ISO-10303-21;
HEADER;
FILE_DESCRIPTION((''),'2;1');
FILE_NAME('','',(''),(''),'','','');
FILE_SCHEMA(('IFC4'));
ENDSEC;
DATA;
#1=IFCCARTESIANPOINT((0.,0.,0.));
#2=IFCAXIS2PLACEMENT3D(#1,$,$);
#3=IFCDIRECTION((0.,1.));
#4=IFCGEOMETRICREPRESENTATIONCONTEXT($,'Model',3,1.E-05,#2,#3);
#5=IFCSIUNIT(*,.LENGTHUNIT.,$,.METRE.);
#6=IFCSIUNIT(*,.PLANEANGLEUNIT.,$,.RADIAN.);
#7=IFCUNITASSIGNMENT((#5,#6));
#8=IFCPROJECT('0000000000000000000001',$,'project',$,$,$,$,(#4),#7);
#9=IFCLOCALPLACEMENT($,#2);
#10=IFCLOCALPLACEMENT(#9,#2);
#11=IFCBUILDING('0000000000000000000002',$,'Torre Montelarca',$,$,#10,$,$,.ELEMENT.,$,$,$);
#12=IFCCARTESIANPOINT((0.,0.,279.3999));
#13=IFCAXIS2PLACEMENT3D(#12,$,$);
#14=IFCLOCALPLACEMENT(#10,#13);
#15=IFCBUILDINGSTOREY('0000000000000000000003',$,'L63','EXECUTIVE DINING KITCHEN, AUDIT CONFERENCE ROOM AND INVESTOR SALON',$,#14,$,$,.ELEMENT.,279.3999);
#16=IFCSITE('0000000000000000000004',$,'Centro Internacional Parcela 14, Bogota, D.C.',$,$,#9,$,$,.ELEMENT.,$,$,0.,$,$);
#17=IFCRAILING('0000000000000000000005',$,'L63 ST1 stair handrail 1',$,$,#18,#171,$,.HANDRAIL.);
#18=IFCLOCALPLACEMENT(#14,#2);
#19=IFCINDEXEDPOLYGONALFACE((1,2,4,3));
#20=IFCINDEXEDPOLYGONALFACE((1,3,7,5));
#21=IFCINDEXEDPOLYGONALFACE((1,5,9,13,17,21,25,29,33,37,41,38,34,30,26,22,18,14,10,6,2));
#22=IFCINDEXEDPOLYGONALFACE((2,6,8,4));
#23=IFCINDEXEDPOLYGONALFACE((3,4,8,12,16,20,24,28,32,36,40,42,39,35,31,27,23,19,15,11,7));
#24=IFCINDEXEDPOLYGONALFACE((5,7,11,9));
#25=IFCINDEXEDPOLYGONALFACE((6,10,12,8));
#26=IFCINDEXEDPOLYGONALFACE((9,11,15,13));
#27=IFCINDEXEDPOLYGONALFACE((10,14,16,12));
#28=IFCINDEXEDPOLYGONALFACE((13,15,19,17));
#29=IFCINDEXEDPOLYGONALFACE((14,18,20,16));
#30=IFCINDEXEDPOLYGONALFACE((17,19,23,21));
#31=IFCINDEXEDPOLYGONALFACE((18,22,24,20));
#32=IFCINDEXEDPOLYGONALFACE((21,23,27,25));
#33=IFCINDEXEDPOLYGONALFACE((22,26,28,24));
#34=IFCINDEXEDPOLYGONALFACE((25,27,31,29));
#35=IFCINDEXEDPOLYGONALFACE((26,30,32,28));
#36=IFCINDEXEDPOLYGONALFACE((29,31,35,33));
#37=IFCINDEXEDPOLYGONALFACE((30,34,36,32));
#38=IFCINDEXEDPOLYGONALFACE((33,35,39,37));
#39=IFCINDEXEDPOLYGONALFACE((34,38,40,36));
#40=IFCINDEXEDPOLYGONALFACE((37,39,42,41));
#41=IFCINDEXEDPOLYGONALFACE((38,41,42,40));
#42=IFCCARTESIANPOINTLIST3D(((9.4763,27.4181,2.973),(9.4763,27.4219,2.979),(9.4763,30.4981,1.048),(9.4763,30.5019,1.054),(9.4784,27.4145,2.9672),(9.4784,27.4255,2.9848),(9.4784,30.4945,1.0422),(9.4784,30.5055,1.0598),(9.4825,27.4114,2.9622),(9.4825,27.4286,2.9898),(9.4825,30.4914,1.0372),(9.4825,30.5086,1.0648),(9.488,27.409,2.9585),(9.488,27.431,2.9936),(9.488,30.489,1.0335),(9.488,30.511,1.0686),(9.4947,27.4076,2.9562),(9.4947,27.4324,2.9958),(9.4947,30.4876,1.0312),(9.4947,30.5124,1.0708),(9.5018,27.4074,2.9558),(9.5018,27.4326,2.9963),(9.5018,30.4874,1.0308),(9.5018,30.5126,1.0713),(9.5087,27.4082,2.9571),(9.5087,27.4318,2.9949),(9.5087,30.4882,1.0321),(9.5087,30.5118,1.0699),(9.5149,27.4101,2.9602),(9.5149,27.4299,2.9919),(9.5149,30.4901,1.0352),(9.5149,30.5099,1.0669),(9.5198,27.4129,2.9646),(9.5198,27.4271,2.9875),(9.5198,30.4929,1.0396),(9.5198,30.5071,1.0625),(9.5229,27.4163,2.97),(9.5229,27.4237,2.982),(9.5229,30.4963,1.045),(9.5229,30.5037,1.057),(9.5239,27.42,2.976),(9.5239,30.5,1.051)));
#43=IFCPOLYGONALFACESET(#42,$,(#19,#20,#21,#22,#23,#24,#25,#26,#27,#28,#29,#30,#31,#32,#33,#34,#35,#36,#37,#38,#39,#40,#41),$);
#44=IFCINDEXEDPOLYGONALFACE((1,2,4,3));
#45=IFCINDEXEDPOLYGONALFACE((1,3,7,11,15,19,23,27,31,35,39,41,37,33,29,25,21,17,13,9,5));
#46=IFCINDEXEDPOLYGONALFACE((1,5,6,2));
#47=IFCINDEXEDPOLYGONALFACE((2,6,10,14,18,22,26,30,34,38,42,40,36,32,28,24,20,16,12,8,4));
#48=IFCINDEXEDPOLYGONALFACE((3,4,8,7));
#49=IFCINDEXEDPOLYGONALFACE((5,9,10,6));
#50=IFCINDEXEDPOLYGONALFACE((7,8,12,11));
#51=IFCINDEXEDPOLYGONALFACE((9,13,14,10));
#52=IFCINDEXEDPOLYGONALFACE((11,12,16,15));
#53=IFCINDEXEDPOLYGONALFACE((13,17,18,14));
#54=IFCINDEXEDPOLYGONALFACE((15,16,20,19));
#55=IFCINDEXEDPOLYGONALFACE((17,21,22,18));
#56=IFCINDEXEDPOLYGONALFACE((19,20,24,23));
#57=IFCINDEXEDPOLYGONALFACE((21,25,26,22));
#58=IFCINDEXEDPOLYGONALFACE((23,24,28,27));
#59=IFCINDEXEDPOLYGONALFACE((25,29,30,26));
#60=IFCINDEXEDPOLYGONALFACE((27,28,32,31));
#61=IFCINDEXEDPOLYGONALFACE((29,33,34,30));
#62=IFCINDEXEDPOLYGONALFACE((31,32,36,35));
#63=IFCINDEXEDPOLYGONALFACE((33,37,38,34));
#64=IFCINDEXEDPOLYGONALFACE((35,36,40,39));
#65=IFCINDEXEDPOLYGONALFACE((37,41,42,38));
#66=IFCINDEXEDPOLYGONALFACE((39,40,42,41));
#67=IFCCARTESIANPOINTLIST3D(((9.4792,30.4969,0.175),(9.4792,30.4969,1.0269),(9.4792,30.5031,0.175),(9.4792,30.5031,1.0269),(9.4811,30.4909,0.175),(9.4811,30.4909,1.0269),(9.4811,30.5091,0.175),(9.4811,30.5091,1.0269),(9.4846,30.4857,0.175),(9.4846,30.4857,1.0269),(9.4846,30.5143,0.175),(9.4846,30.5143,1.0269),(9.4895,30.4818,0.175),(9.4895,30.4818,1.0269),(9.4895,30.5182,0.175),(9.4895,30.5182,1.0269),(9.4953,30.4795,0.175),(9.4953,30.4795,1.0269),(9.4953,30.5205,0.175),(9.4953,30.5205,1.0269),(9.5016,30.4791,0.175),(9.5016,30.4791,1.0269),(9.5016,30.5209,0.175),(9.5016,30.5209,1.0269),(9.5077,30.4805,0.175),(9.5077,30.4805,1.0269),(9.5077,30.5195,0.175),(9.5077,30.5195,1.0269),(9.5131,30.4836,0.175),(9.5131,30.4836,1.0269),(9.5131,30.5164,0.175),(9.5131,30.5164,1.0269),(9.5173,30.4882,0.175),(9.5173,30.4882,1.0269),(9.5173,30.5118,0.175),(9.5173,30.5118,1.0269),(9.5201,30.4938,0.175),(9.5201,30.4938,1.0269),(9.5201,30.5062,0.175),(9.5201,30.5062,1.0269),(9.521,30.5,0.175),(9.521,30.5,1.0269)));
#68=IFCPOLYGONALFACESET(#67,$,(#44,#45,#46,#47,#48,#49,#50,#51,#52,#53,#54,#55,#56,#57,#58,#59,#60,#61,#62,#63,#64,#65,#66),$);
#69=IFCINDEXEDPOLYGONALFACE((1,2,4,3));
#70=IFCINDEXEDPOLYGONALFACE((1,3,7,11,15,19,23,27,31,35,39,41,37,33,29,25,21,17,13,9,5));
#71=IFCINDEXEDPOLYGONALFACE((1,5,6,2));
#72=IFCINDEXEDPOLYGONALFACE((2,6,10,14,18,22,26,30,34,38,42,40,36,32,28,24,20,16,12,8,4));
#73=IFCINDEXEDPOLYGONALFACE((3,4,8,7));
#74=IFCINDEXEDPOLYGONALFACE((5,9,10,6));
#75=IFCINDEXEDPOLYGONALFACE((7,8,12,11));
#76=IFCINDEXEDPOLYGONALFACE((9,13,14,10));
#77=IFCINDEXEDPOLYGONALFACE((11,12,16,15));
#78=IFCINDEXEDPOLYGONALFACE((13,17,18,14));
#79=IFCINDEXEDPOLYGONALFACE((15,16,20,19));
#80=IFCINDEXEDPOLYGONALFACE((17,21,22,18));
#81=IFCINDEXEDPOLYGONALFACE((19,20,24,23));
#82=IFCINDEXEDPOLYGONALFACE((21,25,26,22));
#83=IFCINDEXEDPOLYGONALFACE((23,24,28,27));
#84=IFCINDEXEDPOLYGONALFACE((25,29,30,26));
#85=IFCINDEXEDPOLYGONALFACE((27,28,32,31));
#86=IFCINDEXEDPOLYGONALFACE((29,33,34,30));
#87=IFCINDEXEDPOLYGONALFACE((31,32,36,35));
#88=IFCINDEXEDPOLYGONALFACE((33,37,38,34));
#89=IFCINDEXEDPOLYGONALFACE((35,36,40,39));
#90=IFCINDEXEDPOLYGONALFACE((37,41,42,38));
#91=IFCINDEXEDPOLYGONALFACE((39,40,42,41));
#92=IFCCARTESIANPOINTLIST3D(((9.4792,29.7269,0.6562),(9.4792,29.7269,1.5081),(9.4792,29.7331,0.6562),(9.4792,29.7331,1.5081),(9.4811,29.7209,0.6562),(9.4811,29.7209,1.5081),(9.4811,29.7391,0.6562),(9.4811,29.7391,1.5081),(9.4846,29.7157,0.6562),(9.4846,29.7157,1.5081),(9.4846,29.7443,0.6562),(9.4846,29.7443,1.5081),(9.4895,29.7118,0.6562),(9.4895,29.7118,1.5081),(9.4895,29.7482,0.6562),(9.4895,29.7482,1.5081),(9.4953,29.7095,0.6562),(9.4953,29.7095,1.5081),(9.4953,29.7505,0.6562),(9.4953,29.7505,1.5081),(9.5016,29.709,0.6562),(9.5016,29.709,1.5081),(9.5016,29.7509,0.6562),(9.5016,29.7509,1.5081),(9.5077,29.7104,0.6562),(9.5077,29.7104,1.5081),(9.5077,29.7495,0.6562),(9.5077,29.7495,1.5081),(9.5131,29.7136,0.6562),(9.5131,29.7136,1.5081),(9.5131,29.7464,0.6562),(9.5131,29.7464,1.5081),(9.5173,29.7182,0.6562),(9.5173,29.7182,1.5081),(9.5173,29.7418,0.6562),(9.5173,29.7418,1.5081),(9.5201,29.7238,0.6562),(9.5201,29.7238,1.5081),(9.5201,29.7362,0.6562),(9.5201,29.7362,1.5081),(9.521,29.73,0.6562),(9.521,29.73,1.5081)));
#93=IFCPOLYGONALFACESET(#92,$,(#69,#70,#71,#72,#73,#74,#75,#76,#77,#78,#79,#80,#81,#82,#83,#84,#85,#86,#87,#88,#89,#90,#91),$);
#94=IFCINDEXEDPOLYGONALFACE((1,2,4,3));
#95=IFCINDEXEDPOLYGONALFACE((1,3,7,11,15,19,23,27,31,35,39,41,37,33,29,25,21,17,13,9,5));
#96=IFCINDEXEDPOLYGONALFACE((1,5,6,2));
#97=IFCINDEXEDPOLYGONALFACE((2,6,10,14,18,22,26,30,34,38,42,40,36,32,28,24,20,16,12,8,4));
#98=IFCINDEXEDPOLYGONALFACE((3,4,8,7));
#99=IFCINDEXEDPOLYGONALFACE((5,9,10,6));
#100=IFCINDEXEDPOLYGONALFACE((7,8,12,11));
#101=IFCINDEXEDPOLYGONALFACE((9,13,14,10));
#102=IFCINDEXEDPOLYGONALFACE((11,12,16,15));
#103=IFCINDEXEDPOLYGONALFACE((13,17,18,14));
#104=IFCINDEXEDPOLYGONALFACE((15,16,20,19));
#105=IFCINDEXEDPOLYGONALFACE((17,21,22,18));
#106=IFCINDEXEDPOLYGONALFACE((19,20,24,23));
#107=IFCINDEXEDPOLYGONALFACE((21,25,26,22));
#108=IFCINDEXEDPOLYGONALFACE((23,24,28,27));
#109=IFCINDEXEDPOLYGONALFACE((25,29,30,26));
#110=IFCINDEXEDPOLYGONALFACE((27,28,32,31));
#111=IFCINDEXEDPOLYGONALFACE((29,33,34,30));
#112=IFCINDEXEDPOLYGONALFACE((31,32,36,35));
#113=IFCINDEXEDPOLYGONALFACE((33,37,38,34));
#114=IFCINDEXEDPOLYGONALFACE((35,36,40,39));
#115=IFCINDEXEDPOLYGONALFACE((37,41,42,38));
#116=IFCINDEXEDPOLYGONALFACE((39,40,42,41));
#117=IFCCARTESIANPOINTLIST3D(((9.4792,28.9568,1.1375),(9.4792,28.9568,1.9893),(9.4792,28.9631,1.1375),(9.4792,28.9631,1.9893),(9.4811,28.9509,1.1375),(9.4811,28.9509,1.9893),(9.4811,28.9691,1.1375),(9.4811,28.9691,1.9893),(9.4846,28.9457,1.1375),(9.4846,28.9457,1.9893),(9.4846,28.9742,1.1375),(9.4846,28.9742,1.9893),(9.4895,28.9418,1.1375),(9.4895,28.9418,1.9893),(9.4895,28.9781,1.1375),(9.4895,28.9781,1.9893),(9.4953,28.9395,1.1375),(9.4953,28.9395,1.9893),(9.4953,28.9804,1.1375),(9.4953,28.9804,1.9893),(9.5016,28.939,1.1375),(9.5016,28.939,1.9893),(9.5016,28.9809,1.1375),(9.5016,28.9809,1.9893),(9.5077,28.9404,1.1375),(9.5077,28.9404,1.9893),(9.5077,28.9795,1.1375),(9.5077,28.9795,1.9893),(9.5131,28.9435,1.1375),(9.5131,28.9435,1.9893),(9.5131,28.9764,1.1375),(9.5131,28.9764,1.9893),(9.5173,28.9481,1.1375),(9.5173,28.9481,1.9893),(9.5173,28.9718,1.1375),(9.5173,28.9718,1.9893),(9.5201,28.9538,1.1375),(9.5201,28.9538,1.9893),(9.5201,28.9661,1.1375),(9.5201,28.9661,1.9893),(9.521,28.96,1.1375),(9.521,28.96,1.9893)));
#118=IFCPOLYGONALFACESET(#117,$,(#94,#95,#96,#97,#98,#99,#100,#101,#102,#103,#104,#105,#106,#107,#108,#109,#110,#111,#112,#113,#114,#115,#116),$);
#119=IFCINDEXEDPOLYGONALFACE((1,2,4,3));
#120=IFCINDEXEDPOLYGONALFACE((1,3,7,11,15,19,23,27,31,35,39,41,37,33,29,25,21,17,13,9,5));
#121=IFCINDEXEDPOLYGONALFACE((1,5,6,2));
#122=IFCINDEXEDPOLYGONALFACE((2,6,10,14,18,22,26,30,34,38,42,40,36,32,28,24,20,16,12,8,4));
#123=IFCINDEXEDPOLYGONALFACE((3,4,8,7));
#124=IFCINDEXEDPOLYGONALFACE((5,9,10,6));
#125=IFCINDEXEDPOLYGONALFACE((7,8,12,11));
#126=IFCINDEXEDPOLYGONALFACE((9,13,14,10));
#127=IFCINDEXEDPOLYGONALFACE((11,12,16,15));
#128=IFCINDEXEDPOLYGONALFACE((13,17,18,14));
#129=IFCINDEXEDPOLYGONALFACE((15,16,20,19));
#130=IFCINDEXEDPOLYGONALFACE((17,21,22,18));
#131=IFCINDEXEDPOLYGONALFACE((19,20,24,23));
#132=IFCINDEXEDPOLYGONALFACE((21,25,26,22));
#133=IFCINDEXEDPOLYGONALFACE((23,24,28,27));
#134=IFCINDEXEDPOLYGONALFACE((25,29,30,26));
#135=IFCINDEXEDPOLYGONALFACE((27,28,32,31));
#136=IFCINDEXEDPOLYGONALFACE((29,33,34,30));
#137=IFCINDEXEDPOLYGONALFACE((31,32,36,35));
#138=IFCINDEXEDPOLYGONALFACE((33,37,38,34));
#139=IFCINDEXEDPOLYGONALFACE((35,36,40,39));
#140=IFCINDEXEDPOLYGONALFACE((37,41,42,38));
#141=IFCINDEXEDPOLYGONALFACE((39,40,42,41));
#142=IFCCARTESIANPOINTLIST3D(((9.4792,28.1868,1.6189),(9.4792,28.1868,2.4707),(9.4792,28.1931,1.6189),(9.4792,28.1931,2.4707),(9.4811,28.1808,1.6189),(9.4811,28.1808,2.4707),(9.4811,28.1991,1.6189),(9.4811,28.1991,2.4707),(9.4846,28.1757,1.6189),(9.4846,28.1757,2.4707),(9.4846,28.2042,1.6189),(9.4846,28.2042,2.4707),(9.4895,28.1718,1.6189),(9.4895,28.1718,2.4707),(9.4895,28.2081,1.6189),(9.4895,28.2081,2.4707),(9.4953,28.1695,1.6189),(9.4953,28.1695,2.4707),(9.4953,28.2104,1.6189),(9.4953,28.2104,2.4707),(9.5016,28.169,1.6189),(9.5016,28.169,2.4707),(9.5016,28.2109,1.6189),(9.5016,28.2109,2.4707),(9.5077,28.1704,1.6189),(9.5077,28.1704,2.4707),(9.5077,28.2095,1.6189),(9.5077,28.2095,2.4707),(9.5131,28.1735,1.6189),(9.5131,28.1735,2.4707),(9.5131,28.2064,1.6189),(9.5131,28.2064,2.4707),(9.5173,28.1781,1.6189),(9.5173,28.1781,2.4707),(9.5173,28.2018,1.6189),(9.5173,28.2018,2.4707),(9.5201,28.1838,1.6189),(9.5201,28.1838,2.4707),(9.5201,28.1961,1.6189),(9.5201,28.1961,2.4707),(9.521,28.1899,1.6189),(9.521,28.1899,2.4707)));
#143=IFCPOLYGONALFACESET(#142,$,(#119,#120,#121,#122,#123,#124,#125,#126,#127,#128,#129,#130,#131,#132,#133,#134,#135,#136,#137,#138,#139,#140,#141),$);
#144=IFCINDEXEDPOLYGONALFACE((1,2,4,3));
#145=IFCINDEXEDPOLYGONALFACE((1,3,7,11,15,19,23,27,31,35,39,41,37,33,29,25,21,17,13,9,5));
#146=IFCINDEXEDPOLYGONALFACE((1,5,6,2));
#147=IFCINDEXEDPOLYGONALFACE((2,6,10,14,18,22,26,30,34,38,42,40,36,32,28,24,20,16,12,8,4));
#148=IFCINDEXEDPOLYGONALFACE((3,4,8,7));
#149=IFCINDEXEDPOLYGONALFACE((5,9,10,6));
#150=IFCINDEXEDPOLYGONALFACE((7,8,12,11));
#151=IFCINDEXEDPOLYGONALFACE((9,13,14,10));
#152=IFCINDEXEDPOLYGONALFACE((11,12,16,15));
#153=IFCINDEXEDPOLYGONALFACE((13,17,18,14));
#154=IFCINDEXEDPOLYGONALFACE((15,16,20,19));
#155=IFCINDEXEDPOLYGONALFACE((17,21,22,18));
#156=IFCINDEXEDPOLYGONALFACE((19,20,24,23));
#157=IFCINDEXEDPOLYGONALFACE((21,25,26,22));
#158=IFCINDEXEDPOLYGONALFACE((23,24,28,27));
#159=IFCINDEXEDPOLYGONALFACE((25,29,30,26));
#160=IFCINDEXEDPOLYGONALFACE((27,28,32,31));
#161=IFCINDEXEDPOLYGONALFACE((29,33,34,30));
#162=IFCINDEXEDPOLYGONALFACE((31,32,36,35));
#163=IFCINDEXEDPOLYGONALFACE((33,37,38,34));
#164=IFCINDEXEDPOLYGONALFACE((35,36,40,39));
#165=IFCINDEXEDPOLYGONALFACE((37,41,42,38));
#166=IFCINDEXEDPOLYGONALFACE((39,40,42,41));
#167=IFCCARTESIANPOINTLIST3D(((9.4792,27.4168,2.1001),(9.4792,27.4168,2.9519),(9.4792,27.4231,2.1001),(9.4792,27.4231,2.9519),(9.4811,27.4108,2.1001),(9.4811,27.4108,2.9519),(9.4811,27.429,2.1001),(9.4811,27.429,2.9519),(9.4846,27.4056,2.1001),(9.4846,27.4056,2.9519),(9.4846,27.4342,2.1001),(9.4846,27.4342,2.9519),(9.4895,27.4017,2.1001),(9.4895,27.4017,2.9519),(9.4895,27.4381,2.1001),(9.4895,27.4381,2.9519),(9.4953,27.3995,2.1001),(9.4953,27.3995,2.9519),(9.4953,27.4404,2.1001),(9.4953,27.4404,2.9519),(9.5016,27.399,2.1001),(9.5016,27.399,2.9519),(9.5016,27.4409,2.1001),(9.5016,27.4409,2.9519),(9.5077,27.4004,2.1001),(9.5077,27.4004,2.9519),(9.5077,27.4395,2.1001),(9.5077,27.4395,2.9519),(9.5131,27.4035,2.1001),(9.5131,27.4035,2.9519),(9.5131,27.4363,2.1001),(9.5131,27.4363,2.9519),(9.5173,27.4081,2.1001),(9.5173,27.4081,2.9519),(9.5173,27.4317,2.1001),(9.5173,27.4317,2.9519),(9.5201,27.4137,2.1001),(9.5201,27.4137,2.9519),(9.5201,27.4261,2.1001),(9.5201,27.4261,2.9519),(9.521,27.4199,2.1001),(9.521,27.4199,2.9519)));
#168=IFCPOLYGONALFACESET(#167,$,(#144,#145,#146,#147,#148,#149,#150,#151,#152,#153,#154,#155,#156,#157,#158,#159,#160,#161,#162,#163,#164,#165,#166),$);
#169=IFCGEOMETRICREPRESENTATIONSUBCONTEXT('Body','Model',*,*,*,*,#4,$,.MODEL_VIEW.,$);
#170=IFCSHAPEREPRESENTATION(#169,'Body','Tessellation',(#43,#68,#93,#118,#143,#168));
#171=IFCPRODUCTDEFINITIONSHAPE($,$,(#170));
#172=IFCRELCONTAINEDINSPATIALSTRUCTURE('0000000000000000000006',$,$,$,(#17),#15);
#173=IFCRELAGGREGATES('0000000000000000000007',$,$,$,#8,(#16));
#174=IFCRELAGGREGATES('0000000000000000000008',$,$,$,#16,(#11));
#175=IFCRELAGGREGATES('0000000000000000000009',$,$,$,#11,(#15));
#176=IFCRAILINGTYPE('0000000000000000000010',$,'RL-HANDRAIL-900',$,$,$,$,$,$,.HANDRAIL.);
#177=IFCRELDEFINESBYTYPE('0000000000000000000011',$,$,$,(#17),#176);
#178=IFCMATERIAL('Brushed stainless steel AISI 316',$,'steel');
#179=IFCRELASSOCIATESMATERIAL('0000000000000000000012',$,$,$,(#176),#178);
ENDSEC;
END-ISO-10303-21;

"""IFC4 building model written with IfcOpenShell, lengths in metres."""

from ifc_helpers import new_model, si_unit, direction, frame, origin, origin_2d, place, context, subcontext, project, spatial, circle, extrude, material, type_object, element, save


model = new_model("IFC4")

# Units and contexts
model_context = context("Model", 3, precision=1e-05, world=origin(), true_north=direction((0.0, 1.0)))
body_context = subcontext(model_context, "Body", "Model", "MODEL_VIEW")
ifc_project = project(units=[si_unit("LENGTHUNIT", "METRE"), si_unit("PLANEANGLEUNIT", "RADIAN")], contexts=[model_context])

# Site, building, storey
site_placement = place(None, origin())
site = spatial("IfcSite", under=ifc_project, at=site_placement, Name="Centro Internacional Parcela 14, Bogota, D.C.", CompositionType="ELEMENT", RefElevation=0.0)
building_placement = place(site_placement, origin())
building = spatial("IfcBuilding", under=site, at=building_placement, Name="Torre Montelarca", CompositionType="ELEMENT")
storey_placement = place(building_placement, frame((0.0, 0.0, 279.3999)))
storey = spatial("IfcBuildingStorey", under=building, at=storey_placement, Name="L63", Description="EXECUTIVE DINING KITCHEN, AUDIT CONFERENCE ROOM AND INVESTOR SALON", CompositionType="ELEMENT", Elevation=279.3999)

# Shared definitions
ifc_material_1 = material(Name="Brushed stainless steel AISI 316", Category="steel")

# Railing
railing_type_1 = type_object("IfcRailingType", Name="RL-HANDRAIL-900", PredefinedType="HANDRAIL", material=ifc_material_1)
railing_1_placement = place(storey_placement, frame((9.5, 30.5, 0.175)))
element("IfcRailing", 1, at=railing_1_placement, inside=storey, type_object=railing_type_1, Name="L63 ST1 stair handrail 1", PredefinedType="HANDRAIL", context=body_context, shape_type="SweptSolid", body=[
    extrude(circle(Radius=0.0239, at=origin_2d()), frame((0.0, 0.0, 0.876), z_axis=(0.0, -0.847998, 0.529999), x_axis=(1.0, 0.0, 0.0)), (0.0, 0.0, 1.0), 3.6321),
    extrude(circle(Radius=0.021, at=origin_2d()), origin(), (0.0, 0.0, 1.0), 0.8518),
    extrude(circle(Radius=0.021, at=origin_2d()), frame((0.0, -0.77, 0.4812)), (0.0, 0.0, 1.0), 0.8518),
    extrude(circle(Radius=0.021, at=origin_2d()), frame((0.0, -1.54, 0.9624)), (0.0, 0.0, 1.0), 0.8518),
    extrude(circle(Radius=0.021, at=origin_2d()), frame((0.0, -2.3101, 1.4438)), (0.0, 0.0, 1.0), 0.8518),
    extrude(circle(Radius=0.021, at=origin_2d()), frame((0.0, -3.0801, 1.925)), (0.0, 0.0, 1.0), 0.8518),
])

save(model, "model.ifc")
